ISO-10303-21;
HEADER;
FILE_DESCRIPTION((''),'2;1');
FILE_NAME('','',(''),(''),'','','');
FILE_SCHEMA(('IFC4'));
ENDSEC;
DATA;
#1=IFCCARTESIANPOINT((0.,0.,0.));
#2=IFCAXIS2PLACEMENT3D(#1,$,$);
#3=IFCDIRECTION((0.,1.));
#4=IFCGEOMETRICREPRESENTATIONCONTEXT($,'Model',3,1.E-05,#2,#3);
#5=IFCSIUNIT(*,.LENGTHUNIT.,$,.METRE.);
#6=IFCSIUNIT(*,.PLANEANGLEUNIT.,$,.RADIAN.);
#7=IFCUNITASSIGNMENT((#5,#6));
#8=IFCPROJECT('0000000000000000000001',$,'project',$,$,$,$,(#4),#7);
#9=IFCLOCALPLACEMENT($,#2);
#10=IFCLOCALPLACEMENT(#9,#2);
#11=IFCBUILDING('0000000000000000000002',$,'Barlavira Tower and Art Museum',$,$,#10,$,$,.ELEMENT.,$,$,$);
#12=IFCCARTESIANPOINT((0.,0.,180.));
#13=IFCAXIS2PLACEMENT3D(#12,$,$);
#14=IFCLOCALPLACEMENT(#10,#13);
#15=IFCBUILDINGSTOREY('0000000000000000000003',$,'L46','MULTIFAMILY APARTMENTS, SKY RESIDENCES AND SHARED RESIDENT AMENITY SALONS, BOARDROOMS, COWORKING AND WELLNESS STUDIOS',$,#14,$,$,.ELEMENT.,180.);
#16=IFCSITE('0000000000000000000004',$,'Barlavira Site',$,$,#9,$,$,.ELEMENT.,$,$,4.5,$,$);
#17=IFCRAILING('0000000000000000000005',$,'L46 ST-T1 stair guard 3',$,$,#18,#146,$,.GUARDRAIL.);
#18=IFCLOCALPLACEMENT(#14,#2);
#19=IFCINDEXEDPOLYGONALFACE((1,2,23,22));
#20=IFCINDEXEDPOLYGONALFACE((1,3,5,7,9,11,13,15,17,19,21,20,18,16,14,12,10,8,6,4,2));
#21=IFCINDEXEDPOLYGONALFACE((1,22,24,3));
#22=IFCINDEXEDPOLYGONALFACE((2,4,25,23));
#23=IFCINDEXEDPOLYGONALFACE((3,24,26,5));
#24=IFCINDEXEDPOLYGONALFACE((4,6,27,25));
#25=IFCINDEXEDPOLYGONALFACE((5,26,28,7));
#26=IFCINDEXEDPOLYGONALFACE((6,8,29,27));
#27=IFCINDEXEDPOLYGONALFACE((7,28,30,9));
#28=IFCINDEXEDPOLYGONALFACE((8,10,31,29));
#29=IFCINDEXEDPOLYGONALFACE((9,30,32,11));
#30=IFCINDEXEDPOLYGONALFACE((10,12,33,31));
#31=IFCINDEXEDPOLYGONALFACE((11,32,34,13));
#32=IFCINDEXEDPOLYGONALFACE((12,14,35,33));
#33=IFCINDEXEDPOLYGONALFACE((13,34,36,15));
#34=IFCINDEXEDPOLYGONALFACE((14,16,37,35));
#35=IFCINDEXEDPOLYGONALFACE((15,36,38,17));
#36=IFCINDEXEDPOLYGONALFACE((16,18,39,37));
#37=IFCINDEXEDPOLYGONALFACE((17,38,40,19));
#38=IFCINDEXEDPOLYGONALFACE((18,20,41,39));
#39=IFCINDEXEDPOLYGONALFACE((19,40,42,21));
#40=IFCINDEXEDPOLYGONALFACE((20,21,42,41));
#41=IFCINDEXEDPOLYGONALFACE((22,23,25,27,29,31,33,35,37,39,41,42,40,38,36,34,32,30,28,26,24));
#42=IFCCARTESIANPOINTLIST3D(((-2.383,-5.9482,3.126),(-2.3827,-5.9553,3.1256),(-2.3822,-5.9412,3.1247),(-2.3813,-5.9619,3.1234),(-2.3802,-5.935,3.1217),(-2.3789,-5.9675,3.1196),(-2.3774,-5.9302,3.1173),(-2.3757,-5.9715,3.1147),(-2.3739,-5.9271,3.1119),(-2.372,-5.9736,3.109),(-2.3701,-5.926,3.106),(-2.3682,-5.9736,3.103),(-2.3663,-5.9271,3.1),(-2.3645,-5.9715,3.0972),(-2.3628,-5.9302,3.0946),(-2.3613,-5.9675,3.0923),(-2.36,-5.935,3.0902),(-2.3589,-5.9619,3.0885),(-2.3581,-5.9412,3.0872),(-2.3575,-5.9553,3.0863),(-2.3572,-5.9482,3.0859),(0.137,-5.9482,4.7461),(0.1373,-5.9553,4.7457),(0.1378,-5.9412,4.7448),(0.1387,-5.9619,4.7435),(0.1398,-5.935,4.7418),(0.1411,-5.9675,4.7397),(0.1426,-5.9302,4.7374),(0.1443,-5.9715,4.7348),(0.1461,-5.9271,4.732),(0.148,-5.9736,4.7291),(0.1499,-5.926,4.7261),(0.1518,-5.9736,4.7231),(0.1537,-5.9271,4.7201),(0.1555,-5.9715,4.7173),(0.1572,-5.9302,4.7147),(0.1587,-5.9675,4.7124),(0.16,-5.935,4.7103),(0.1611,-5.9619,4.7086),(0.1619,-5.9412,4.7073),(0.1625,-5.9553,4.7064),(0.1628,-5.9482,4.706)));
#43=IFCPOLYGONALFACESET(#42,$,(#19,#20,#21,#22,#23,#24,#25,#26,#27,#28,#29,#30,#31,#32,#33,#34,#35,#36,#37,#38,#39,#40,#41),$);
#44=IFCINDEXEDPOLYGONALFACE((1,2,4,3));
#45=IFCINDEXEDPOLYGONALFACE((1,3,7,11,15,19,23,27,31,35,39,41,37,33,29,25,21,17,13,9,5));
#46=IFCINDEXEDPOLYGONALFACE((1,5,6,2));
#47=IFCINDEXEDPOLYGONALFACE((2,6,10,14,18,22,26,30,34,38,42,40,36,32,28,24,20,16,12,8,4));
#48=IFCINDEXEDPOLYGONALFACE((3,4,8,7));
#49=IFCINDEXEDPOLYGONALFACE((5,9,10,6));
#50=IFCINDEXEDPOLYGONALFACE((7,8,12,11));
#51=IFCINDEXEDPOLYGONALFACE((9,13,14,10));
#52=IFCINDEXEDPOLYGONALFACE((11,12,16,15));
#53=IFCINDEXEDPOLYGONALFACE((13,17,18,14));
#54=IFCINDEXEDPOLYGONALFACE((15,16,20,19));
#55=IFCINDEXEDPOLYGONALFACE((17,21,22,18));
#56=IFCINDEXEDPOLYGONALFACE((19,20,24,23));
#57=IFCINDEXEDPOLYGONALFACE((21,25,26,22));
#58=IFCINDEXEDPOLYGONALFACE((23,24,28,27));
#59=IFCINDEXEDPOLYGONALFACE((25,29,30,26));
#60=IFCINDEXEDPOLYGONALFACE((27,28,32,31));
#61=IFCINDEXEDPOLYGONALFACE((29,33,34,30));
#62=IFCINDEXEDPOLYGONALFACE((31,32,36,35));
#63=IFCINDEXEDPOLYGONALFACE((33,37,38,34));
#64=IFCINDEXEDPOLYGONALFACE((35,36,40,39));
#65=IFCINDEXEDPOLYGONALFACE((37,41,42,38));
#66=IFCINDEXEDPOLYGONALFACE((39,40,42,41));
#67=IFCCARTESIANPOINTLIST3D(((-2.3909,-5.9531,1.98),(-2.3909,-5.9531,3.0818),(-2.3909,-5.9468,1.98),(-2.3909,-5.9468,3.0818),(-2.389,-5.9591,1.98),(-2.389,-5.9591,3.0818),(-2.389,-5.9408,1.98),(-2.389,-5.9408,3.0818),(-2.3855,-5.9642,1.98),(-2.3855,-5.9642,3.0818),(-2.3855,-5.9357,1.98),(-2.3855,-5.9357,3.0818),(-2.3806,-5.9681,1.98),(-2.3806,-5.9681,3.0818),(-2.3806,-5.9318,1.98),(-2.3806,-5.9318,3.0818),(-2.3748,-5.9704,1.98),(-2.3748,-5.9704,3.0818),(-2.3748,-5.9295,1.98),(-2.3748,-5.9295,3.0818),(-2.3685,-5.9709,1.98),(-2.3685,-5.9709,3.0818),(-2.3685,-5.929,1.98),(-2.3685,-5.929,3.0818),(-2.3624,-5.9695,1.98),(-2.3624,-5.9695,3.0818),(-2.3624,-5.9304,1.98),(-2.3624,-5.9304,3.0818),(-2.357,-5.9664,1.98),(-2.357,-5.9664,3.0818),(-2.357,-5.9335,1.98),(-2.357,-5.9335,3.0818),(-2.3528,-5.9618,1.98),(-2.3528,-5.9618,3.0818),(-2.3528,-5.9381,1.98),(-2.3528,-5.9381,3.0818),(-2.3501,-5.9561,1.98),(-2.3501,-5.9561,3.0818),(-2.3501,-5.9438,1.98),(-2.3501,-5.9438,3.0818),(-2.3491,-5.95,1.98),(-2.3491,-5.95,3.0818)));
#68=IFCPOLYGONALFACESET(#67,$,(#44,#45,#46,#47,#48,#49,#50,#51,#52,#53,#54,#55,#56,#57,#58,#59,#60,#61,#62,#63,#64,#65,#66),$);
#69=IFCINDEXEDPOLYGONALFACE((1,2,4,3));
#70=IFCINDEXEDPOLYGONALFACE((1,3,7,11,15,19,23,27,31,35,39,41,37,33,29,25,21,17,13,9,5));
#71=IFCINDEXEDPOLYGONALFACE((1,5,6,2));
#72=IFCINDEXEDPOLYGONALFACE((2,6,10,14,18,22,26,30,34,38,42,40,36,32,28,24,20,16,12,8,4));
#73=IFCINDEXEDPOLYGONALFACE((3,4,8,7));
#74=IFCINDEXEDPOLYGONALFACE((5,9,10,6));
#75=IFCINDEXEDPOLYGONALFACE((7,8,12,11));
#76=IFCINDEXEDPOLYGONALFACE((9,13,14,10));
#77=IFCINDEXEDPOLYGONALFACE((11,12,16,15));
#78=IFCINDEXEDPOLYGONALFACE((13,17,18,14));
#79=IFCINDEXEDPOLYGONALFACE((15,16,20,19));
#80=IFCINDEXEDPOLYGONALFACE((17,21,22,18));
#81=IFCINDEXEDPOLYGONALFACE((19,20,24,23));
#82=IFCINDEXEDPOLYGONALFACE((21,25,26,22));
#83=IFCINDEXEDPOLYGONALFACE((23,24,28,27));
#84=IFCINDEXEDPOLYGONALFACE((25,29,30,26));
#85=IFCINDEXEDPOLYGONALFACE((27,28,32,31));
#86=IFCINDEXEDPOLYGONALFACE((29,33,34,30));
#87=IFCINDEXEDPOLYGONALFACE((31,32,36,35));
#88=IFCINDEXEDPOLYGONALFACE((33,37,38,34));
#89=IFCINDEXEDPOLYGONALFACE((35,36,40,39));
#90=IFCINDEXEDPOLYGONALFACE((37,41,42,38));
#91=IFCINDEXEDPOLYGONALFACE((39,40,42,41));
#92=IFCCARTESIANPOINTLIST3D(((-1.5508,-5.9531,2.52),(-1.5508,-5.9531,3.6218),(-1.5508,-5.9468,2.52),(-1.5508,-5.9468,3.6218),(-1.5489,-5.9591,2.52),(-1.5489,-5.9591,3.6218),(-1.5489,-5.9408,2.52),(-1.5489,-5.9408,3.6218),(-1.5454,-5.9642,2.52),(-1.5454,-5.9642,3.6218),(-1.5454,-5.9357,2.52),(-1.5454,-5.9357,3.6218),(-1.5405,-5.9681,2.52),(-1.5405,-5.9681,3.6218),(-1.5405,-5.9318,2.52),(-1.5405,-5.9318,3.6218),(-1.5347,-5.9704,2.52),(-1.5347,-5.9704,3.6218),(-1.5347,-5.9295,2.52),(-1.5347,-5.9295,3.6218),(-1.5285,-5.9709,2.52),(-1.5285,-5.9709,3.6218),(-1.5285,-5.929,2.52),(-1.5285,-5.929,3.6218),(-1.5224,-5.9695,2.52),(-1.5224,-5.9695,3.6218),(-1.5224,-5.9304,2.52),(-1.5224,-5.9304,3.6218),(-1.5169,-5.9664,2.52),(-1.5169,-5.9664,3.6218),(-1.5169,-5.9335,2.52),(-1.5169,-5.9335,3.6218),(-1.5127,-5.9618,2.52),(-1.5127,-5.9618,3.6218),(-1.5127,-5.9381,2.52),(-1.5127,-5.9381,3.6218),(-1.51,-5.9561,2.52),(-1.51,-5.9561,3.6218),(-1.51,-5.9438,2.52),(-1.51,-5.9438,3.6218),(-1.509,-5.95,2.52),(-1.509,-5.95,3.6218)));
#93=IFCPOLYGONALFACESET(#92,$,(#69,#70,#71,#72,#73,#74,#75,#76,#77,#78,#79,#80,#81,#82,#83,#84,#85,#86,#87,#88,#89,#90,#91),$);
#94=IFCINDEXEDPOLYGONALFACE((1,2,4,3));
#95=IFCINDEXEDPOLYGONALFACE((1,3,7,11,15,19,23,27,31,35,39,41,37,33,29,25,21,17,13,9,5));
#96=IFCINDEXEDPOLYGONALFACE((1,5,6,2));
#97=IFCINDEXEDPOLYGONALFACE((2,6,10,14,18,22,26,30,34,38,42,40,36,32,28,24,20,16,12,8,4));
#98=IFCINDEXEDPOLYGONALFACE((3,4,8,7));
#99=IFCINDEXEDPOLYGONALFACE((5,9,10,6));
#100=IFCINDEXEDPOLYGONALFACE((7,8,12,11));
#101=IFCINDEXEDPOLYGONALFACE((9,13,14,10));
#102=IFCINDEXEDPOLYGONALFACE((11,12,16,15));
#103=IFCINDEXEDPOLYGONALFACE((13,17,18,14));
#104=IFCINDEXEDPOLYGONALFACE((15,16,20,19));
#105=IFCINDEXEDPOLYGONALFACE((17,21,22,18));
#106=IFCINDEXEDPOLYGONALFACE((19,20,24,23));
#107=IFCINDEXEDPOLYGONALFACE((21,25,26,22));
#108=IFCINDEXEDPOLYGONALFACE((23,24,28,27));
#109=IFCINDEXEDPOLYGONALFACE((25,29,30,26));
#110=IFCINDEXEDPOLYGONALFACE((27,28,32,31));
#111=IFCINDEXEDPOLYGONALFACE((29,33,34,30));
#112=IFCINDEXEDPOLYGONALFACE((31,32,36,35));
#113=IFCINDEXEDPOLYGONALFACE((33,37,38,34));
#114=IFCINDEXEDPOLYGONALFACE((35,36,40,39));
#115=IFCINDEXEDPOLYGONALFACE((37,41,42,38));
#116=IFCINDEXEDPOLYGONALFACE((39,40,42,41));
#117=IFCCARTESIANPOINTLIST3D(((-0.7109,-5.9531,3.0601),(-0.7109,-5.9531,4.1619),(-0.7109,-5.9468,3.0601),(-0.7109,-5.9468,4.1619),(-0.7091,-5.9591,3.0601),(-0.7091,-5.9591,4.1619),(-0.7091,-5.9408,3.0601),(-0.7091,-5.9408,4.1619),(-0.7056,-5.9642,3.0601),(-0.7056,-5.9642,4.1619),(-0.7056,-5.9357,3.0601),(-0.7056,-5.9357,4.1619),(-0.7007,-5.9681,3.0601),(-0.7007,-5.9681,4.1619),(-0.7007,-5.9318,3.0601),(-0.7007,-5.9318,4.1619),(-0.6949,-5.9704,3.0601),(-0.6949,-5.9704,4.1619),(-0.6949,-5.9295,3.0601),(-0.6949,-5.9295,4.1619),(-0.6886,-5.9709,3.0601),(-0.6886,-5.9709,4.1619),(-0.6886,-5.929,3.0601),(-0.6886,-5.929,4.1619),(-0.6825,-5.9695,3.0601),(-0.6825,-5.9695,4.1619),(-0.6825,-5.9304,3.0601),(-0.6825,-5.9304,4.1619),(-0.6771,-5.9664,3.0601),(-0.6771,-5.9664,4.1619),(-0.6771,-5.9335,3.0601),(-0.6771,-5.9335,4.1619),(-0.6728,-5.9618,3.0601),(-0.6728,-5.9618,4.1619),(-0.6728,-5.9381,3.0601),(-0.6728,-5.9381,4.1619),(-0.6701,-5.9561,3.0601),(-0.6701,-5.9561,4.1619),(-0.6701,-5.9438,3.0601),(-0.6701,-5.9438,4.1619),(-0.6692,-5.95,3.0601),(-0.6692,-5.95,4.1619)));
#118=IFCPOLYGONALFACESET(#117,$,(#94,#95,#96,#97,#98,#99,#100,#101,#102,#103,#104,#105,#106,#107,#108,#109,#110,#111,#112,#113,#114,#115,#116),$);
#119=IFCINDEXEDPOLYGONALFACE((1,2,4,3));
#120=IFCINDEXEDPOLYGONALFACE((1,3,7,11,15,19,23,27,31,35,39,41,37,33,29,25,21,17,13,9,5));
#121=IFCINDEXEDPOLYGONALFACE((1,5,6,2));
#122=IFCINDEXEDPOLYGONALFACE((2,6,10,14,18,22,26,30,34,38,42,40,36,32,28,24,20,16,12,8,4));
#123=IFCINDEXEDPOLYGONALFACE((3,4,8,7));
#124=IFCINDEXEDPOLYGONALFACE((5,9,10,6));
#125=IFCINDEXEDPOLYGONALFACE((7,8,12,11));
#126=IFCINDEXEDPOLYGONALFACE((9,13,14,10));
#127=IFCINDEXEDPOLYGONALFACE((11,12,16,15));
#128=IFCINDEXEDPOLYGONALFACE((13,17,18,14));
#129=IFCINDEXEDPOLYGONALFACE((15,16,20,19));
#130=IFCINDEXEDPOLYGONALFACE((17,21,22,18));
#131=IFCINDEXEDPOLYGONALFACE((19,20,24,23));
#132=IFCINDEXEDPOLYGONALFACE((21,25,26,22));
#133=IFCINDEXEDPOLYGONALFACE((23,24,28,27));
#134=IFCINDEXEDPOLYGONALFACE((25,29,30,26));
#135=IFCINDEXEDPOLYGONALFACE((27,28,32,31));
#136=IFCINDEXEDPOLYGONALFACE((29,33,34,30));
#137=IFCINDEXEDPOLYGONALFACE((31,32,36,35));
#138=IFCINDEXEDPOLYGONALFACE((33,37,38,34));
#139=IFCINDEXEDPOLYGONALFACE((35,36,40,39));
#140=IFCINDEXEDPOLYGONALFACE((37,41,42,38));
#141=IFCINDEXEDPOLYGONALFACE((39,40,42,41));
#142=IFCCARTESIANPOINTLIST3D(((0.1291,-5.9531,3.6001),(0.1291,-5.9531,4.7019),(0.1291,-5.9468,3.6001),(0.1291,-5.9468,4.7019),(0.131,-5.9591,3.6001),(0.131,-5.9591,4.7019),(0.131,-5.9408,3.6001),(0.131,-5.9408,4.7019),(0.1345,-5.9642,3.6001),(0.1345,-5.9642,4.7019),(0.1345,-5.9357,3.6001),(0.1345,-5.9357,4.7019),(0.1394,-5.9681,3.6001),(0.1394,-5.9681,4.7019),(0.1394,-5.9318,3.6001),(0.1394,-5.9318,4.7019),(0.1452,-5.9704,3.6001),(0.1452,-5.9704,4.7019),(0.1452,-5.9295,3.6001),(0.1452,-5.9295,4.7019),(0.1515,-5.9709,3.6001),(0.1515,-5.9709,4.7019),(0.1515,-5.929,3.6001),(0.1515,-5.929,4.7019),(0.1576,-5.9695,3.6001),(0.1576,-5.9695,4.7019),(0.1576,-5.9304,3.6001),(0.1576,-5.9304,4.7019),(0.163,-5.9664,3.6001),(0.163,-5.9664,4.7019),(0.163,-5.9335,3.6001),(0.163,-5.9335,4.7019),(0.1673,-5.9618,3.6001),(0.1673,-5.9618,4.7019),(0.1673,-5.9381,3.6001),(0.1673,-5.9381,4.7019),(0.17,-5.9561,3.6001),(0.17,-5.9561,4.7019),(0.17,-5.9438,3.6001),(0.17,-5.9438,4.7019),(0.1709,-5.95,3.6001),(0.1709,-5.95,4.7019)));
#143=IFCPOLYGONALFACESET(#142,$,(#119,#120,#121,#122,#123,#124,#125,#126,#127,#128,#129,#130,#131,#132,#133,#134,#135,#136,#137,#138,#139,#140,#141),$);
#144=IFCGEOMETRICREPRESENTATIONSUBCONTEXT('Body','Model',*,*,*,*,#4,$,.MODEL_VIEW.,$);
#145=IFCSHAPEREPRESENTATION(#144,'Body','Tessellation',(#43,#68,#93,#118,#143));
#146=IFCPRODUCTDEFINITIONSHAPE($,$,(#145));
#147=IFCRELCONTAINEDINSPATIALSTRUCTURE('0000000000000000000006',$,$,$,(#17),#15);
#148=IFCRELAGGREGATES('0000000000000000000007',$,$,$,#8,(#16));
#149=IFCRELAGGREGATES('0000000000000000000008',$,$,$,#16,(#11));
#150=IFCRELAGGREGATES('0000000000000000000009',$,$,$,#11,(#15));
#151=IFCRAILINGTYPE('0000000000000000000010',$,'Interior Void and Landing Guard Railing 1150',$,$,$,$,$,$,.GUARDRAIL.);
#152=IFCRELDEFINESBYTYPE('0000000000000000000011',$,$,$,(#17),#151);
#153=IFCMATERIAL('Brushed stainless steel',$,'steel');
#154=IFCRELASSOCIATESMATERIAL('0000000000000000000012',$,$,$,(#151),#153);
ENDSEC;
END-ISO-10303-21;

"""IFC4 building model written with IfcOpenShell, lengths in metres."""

from ifc_helpers import new_model, si_unit, direction, frame, origin, origin_2d, place, context, subcontext, project, spatial, circle, extrude, material, type_object, element, save


model = new_model("IFC4")

# Units and contexts
model_context = context("Model", 3, precision=1e-05, world=origin(), true_north=direction((0.0, 1.0)))
body_context = subcontext(model_context, "Body", "Model", "MODEL_VIEW")
ifc_project = project(units=[si_unit("LENGTHUNIT", "METRE"), si_unit("PLANEANGLEUNIT", "RADIAN")], contexts=[model_context])

# Site, building, storey
site_placement = place(None, origin())
site = spatial("IfcSite", under=ifc_project, at=site_placement, Name="Barlavira Site", CompositionType="ELEMENT", RefElevation=4.5)
building_placement = place(site_placement, origin())
building = spatial("IfcBuilding", under=site, at=building_placement, Name="Barlavira Tower and Art Museum", CompositionType="ELEMENT")
storey_placement = place(building_placement, frame((0.0, 0.0, 180.0)))
storey = spatial("IfcBuildingStorey", under=building, at=storey_placement, Name="L46", Description="MULTIFAMILY APARTMENTS, SKY RESIDENCES AND SHARED RESIDENT AMENITY SALONS, BOARDROOMS, COWORKING AND WELLNESS STUDIOS", CompositionType="ELEMENT", Elevation=180.0)

# Shared definitions
ifc_material_1 = material(Name="Brushed stainless steel", Category="steel")

# Railing
railing_type_1 = type_object("IfcRailingType", Name="Interior Void and Landing Guard Railing 1150", PredefinedType="GUARDRAIL", material=ifc_material_1)
railing_1_placement = place(storey_placement, frame((-2.3701, -5.95, 1.98)))
element("IfcRailing", 1, at=railing_1_placement, inside=storey, type_object=railing_type_1, Name="L46 ST-T1 stair guard 3", PredefinedType="GUARDRAIL", context=body_context, shape_type="SweptSolid", body=[
    extrude(circle(Radius=0.0239, at=origin_2d()), frame((0.0, 0.0, 1.126), z_axis=(0.841163, 0.0, 0.540782), x_axis=(0.0, 1.0, 0.0)), (0.0, 0.0, 1.0), 2.9958),
    extrude(circle(Radius=0.021, at=origin_2d()), origin(), (0.0, 0.0, 1.0), 1.1018),
    extrude(circle(Radius=0.021, at=origin_2d()), frame((0.8401, 0.0, 0.54)), (0.0, 0.0, 1.0), 1.1018),
    extrude(circle(Radius=0.021, at=origin_2d()), frame((1.6799, 0.0, 1.0801)), (0.0, 0.0, 1.0), 1.1018),
    extrude(circle(Radius=0.021, at=origin_2d()), frame((2.52, 0.0, 1.6201)), (0.0, 0.0, 1.0), 1.1018),
])

save(model, "model.ifc")
